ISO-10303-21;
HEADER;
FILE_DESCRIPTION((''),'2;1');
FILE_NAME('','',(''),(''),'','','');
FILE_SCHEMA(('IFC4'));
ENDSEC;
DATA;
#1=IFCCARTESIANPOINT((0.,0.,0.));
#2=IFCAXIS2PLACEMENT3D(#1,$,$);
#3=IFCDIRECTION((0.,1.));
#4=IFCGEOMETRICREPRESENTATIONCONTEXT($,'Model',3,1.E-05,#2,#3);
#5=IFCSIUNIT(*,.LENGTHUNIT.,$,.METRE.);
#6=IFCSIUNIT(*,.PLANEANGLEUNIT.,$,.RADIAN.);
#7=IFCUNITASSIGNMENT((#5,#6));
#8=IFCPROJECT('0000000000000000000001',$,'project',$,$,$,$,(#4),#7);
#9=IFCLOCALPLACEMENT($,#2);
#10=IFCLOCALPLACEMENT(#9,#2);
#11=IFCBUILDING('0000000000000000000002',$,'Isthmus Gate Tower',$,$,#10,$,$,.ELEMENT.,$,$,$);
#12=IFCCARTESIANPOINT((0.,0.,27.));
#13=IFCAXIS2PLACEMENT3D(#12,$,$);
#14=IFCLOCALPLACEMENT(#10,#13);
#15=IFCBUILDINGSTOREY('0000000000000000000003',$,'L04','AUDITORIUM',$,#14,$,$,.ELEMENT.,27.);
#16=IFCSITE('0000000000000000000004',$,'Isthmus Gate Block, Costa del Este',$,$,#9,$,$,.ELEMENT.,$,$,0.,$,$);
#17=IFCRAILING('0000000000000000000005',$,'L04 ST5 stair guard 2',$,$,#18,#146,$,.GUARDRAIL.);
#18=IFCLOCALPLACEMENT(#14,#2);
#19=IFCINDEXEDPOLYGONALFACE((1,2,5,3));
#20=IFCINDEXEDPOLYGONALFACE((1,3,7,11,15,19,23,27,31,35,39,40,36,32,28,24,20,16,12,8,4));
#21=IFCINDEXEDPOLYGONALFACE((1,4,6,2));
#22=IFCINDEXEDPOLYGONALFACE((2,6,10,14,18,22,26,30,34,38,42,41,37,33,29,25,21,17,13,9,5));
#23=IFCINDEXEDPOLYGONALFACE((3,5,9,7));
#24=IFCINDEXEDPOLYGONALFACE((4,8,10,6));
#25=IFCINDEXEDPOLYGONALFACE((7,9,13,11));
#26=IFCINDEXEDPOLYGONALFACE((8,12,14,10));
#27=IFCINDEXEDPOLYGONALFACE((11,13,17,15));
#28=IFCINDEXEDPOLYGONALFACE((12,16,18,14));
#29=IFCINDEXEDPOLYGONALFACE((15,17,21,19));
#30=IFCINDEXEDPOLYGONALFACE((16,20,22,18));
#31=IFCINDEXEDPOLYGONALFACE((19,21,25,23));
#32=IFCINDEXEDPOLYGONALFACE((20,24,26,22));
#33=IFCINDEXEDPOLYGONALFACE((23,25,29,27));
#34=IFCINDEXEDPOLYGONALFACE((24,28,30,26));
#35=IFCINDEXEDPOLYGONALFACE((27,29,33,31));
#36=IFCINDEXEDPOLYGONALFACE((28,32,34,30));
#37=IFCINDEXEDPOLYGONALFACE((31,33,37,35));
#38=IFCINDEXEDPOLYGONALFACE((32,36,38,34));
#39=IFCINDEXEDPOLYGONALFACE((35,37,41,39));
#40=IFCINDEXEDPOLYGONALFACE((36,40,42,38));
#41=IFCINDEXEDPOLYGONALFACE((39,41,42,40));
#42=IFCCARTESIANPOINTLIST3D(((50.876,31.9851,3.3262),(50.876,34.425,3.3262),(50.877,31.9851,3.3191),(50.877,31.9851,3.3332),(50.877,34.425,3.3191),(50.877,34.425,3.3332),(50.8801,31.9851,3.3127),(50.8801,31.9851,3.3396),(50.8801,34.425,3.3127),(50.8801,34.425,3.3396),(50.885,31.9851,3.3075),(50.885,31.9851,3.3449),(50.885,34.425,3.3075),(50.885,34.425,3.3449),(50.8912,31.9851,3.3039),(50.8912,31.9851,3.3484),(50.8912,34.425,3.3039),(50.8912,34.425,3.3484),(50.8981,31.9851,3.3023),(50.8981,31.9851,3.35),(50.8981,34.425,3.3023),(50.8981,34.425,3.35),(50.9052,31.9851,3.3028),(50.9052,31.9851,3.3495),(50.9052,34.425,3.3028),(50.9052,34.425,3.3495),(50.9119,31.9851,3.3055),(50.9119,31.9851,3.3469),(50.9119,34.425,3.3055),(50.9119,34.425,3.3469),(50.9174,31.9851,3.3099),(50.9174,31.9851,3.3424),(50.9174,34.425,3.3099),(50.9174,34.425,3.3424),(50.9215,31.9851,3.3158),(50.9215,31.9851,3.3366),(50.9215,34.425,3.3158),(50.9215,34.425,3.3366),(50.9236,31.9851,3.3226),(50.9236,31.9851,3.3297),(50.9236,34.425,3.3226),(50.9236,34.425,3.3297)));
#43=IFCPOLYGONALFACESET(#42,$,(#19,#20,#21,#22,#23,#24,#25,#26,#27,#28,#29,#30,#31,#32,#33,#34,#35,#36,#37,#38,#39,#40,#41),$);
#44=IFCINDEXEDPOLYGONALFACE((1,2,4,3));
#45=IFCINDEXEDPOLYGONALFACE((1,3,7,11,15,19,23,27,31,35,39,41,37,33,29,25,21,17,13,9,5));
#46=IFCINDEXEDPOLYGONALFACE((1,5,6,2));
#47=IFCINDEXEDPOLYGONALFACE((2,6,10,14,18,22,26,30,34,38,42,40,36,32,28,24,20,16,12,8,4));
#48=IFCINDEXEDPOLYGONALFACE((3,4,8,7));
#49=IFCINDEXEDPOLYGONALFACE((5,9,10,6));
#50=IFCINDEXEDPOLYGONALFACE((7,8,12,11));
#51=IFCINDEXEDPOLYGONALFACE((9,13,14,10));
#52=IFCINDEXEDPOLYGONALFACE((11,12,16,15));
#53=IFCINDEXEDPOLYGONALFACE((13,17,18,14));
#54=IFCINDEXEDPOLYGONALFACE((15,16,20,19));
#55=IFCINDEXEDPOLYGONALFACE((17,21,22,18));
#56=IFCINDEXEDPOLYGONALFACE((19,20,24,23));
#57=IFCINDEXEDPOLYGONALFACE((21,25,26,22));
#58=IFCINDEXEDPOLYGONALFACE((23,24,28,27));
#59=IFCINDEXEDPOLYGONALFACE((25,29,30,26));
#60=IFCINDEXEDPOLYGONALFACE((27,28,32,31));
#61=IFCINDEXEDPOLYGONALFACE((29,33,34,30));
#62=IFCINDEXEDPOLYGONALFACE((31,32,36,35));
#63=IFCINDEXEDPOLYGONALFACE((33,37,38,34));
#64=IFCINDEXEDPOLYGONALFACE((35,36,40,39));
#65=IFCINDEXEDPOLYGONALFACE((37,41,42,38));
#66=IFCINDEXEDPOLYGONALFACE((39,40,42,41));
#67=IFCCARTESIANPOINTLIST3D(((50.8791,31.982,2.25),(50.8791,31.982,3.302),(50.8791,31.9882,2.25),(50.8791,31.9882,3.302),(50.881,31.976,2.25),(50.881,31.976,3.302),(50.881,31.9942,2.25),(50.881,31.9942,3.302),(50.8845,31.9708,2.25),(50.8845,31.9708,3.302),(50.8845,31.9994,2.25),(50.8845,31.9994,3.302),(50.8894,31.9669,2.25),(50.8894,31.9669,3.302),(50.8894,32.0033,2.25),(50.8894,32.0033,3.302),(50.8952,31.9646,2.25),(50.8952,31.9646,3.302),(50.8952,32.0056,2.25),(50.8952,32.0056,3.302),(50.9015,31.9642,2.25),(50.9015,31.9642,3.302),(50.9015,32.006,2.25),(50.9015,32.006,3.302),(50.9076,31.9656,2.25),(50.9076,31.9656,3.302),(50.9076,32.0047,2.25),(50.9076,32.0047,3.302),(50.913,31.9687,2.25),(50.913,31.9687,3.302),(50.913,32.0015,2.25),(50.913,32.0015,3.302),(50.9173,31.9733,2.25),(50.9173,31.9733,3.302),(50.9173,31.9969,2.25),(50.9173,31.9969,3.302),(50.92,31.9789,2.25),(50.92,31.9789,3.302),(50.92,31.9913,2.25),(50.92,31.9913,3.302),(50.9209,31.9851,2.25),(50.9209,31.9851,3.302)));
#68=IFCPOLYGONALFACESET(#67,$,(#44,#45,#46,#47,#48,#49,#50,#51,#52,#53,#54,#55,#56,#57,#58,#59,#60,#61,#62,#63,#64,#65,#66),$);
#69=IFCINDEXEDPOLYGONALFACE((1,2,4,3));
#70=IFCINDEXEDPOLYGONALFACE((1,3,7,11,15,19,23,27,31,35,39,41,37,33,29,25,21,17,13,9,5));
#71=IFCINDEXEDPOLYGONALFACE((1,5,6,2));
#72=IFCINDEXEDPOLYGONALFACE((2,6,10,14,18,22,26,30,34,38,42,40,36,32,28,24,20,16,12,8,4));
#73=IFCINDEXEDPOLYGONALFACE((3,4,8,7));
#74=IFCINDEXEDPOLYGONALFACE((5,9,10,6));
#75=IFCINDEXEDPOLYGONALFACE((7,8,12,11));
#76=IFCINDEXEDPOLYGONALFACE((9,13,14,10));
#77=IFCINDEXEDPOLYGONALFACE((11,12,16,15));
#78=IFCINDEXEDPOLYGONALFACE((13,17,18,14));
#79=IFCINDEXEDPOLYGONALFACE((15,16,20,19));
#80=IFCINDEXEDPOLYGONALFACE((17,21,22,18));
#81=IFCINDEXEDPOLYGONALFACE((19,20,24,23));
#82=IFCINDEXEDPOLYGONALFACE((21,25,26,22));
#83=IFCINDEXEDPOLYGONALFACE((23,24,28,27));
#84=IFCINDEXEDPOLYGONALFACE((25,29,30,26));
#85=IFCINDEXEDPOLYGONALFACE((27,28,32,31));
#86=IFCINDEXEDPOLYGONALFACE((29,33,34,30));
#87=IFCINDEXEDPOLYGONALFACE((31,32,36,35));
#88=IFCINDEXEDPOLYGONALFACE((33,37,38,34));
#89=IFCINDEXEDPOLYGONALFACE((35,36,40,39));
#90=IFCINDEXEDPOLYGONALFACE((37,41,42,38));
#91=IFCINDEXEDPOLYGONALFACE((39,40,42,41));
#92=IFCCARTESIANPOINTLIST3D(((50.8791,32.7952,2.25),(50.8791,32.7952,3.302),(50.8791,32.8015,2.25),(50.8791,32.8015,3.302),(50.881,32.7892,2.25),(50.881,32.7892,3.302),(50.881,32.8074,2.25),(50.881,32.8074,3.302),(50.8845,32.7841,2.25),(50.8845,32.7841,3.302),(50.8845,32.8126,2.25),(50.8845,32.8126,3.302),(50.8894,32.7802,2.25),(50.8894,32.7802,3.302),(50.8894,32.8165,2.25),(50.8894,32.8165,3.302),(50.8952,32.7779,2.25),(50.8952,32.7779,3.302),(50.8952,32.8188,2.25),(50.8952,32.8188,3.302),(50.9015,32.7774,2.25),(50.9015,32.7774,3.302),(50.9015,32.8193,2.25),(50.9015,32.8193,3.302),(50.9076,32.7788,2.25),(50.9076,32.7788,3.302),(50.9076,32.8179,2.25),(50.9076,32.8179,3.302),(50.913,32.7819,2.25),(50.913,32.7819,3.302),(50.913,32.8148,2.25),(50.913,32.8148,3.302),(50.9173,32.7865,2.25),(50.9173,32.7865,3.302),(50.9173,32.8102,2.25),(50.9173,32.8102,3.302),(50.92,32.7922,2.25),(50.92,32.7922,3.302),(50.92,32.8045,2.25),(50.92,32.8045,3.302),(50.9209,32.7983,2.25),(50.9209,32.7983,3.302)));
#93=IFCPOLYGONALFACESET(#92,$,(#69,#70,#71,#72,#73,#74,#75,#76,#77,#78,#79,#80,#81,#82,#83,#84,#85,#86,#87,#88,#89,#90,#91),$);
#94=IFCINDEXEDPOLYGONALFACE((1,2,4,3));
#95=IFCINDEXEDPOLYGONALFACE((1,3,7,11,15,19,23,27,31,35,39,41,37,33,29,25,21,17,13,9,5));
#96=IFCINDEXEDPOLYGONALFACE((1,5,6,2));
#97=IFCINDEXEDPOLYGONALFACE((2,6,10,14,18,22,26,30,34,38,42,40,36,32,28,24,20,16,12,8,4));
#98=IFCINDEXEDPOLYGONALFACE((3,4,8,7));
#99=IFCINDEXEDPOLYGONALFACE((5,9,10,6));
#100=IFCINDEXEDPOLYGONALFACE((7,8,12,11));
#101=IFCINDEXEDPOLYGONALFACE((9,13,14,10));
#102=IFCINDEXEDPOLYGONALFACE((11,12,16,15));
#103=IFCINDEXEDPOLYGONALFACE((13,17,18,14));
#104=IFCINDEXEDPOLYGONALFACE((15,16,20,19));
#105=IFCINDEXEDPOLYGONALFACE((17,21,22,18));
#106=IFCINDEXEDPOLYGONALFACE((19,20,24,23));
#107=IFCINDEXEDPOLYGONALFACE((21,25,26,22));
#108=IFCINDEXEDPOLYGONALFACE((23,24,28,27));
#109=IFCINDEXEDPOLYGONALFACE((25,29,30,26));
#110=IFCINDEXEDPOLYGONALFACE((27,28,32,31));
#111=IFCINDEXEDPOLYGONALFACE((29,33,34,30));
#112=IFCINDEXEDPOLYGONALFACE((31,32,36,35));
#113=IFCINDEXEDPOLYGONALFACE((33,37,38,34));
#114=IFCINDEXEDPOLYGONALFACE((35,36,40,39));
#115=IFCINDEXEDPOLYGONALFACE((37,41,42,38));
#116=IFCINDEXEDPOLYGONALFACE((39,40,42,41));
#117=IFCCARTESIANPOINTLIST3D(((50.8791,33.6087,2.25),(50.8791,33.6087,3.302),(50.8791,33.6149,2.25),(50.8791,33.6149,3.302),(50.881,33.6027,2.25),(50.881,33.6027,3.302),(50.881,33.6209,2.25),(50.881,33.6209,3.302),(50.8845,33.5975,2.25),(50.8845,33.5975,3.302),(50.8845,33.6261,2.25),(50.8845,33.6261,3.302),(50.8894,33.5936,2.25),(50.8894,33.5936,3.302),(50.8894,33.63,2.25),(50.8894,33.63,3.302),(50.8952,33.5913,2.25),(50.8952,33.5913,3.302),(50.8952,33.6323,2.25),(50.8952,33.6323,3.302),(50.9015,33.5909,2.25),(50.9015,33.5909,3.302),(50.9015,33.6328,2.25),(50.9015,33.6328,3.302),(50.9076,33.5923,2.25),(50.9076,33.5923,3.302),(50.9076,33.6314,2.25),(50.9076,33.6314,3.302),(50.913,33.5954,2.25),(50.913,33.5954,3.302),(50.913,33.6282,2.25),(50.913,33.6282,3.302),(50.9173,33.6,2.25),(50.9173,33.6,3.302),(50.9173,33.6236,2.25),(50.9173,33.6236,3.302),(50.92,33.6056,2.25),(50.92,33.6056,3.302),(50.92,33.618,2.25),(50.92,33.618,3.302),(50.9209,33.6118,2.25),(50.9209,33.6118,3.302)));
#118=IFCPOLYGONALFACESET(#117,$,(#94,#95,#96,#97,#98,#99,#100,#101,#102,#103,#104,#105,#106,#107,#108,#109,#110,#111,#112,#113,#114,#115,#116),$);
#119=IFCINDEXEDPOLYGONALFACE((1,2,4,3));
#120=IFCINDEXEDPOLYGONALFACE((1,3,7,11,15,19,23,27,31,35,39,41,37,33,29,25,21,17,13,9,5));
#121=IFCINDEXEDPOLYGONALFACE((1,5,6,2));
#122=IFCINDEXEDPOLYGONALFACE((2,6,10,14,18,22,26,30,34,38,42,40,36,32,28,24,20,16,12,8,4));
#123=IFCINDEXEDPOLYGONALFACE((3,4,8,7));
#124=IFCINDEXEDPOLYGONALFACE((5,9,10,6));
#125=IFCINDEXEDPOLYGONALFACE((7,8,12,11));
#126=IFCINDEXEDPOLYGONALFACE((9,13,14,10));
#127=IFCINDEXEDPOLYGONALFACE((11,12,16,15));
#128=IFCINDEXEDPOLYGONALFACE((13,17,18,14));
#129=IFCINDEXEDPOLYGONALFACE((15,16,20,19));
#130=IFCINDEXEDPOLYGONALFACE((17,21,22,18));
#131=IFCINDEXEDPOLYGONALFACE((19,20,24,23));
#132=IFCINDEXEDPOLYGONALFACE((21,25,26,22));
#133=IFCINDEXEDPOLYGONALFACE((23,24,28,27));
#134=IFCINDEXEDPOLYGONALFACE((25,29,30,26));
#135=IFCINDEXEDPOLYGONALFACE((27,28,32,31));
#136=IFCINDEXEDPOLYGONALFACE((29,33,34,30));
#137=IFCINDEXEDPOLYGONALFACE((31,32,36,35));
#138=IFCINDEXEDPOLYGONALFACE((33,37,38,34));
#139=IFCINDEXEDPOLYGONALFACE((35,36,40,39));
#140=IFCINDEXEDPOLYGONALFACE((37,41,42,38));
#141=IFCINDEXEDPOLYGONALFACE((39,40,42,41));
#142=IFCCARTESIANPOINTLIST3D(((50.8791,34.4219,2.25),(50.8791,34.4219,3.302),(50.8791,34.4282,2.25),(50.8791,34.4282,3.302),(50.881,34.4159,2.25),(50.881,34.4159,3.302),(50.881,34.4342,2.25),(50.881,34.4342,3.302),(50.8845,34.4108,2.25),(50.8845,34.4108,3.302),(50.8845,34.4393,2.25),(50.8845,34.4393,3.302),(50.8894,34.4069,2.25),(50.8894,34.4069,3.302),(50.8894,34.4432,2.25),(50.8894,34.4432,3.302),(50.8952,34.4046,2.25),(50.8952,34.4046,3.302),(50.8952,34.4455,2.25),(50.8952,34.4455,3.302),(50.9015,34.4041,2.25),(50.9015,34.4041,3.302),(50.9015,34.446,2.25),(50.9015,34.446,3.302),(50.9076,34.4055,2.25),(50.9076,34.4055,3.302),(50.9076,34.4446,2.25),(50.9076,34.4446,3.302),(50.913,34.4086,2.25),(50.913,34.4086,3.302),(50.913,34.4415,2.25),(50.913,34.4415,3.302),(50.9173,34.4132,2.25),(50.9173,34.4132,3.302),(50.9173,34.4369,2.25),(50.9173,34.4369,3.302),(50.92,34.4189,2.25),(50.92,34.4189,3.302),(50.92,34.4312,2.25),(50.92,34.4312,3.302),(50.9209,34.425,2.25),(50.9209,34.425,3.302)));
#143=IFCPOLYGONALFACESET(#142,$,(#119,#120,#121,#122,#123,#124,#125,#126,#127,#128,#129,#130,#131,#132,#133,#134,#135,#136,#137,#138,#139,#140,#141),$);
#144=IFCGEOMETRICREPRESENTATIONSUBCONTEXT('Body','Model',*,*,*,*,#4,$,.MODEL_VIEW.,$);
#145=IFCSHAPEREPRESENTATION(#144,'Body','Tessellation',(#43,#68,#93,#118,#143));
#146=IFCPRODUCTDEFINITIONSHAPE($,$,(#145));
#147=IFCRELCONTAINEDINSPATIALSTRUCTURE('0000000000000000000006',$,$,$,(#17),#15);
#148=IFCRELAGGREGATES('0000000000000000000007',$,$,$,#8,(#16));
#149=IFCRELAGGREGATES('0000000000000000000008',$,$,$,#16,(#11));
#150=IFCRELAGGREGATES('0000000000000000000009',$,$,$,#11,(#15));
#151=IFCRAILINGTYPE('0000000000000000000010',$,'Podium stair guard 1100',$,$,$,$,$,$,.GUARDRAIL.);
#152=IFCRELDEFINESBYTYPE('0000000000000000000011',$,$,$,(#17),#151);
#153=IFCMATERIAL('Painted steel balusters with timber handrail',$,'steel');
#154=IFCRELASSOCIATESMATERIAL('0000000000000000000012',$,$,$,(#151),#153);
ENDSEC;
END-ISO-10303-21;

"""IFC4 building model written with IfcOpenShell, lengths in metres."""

from ifc_helpers import new_model, si_unit, direction, frame, origin, origin_2d, place, context, subcontext, project, spatial, circle, extrude, material, type_object, element, save


model = new_model("IFC4")

# Units and contexts
model_context = context("Model", 3, precision=1e-05, world=origin(), true_north=direction((0.0, 1.0)))
body_context = subcontext(model_context, "Body", "Model", "MODEL_VIEW")
ifc_project = project(units=[si_unit("LENGTHUNIT", "METRE"), si_unit("PLANEANGLEUNIT", "RADIAN")], contexts=[model_context])

# Site, building, storey
site_placement = place(None, origin())
site = spatial("IfcSite", under=ifc_project, at=site_placement, Name="Isthmus Gate Block, Costa del Este", CompositionType="ELEMENT", RefElevation=0.0)
building_placement = place(site_placement, origin())
building = spatial("IfcBuilding", under=site, at=building_placement, Name="Isthmus Gate Tower", CompositionType="ELEMENT")
storey_placement = place(building_placement, frame((0.0, 0.0, 27.0)))
storey = spatial("IfcBuildingStorey", under=building, at=storey_placement, Name="L04", Description="AUDITORIUM", CompositionType="ELEMENT", Elevation=27.0)

# Railing
ifc_material_1 = material(Name="Painted steel balusters with timber handrail", Category="steel")
railing_type_1 = type_object("IfcRailingType", Name="Podium stair guard 1100", PredefinedType="GUARDRAIL", material=ifc_material_1)
railing_1_placement = place(storey_placement, frame((50.8999, 31.9851, 2.25)))
element("IfcRailing", 1, at=railing_1_placement, inside=storey, type_object=railing_type_1, Name="L04 ST5 stair guard 2", PredefinedType="GUARDRAIL", context=body_context, shape_type="SweptSolid", body=[
    extrude(circle(Radius=0.0239, at=origin_2d()), frame((0.0, 0.0, 1.0762), z_axis=(0.0, 1.0, 0.0), x_axis=(-1.0, 0.0, 0.0)), (0.0, 0.0, 1.0), 2.4399),
    extrude(circle(Radius=0.021, at=origin_2d()), origin(), (0.0, 0.0, 1.0), 1.052),
    extrude(circle(Radius=0.021, at=origin_2d()), frame((0.0, 0.8132, 0.0)), (0.0, 0.0, 1.0), 1.052),
    extrude(circle(Radius=0.021, at=origin_2d()), frame((0.0, 1.6267, 0.0)), (0.0, 0.0, 1.0), 1.052),
    extrude(circle(Radius=0.021, at=origin_2d()), frame((0.0, 2.4399, 0.0)), (0.0, 0.0, 1.0), 1.052),
])

save(model, "model.ifc")
